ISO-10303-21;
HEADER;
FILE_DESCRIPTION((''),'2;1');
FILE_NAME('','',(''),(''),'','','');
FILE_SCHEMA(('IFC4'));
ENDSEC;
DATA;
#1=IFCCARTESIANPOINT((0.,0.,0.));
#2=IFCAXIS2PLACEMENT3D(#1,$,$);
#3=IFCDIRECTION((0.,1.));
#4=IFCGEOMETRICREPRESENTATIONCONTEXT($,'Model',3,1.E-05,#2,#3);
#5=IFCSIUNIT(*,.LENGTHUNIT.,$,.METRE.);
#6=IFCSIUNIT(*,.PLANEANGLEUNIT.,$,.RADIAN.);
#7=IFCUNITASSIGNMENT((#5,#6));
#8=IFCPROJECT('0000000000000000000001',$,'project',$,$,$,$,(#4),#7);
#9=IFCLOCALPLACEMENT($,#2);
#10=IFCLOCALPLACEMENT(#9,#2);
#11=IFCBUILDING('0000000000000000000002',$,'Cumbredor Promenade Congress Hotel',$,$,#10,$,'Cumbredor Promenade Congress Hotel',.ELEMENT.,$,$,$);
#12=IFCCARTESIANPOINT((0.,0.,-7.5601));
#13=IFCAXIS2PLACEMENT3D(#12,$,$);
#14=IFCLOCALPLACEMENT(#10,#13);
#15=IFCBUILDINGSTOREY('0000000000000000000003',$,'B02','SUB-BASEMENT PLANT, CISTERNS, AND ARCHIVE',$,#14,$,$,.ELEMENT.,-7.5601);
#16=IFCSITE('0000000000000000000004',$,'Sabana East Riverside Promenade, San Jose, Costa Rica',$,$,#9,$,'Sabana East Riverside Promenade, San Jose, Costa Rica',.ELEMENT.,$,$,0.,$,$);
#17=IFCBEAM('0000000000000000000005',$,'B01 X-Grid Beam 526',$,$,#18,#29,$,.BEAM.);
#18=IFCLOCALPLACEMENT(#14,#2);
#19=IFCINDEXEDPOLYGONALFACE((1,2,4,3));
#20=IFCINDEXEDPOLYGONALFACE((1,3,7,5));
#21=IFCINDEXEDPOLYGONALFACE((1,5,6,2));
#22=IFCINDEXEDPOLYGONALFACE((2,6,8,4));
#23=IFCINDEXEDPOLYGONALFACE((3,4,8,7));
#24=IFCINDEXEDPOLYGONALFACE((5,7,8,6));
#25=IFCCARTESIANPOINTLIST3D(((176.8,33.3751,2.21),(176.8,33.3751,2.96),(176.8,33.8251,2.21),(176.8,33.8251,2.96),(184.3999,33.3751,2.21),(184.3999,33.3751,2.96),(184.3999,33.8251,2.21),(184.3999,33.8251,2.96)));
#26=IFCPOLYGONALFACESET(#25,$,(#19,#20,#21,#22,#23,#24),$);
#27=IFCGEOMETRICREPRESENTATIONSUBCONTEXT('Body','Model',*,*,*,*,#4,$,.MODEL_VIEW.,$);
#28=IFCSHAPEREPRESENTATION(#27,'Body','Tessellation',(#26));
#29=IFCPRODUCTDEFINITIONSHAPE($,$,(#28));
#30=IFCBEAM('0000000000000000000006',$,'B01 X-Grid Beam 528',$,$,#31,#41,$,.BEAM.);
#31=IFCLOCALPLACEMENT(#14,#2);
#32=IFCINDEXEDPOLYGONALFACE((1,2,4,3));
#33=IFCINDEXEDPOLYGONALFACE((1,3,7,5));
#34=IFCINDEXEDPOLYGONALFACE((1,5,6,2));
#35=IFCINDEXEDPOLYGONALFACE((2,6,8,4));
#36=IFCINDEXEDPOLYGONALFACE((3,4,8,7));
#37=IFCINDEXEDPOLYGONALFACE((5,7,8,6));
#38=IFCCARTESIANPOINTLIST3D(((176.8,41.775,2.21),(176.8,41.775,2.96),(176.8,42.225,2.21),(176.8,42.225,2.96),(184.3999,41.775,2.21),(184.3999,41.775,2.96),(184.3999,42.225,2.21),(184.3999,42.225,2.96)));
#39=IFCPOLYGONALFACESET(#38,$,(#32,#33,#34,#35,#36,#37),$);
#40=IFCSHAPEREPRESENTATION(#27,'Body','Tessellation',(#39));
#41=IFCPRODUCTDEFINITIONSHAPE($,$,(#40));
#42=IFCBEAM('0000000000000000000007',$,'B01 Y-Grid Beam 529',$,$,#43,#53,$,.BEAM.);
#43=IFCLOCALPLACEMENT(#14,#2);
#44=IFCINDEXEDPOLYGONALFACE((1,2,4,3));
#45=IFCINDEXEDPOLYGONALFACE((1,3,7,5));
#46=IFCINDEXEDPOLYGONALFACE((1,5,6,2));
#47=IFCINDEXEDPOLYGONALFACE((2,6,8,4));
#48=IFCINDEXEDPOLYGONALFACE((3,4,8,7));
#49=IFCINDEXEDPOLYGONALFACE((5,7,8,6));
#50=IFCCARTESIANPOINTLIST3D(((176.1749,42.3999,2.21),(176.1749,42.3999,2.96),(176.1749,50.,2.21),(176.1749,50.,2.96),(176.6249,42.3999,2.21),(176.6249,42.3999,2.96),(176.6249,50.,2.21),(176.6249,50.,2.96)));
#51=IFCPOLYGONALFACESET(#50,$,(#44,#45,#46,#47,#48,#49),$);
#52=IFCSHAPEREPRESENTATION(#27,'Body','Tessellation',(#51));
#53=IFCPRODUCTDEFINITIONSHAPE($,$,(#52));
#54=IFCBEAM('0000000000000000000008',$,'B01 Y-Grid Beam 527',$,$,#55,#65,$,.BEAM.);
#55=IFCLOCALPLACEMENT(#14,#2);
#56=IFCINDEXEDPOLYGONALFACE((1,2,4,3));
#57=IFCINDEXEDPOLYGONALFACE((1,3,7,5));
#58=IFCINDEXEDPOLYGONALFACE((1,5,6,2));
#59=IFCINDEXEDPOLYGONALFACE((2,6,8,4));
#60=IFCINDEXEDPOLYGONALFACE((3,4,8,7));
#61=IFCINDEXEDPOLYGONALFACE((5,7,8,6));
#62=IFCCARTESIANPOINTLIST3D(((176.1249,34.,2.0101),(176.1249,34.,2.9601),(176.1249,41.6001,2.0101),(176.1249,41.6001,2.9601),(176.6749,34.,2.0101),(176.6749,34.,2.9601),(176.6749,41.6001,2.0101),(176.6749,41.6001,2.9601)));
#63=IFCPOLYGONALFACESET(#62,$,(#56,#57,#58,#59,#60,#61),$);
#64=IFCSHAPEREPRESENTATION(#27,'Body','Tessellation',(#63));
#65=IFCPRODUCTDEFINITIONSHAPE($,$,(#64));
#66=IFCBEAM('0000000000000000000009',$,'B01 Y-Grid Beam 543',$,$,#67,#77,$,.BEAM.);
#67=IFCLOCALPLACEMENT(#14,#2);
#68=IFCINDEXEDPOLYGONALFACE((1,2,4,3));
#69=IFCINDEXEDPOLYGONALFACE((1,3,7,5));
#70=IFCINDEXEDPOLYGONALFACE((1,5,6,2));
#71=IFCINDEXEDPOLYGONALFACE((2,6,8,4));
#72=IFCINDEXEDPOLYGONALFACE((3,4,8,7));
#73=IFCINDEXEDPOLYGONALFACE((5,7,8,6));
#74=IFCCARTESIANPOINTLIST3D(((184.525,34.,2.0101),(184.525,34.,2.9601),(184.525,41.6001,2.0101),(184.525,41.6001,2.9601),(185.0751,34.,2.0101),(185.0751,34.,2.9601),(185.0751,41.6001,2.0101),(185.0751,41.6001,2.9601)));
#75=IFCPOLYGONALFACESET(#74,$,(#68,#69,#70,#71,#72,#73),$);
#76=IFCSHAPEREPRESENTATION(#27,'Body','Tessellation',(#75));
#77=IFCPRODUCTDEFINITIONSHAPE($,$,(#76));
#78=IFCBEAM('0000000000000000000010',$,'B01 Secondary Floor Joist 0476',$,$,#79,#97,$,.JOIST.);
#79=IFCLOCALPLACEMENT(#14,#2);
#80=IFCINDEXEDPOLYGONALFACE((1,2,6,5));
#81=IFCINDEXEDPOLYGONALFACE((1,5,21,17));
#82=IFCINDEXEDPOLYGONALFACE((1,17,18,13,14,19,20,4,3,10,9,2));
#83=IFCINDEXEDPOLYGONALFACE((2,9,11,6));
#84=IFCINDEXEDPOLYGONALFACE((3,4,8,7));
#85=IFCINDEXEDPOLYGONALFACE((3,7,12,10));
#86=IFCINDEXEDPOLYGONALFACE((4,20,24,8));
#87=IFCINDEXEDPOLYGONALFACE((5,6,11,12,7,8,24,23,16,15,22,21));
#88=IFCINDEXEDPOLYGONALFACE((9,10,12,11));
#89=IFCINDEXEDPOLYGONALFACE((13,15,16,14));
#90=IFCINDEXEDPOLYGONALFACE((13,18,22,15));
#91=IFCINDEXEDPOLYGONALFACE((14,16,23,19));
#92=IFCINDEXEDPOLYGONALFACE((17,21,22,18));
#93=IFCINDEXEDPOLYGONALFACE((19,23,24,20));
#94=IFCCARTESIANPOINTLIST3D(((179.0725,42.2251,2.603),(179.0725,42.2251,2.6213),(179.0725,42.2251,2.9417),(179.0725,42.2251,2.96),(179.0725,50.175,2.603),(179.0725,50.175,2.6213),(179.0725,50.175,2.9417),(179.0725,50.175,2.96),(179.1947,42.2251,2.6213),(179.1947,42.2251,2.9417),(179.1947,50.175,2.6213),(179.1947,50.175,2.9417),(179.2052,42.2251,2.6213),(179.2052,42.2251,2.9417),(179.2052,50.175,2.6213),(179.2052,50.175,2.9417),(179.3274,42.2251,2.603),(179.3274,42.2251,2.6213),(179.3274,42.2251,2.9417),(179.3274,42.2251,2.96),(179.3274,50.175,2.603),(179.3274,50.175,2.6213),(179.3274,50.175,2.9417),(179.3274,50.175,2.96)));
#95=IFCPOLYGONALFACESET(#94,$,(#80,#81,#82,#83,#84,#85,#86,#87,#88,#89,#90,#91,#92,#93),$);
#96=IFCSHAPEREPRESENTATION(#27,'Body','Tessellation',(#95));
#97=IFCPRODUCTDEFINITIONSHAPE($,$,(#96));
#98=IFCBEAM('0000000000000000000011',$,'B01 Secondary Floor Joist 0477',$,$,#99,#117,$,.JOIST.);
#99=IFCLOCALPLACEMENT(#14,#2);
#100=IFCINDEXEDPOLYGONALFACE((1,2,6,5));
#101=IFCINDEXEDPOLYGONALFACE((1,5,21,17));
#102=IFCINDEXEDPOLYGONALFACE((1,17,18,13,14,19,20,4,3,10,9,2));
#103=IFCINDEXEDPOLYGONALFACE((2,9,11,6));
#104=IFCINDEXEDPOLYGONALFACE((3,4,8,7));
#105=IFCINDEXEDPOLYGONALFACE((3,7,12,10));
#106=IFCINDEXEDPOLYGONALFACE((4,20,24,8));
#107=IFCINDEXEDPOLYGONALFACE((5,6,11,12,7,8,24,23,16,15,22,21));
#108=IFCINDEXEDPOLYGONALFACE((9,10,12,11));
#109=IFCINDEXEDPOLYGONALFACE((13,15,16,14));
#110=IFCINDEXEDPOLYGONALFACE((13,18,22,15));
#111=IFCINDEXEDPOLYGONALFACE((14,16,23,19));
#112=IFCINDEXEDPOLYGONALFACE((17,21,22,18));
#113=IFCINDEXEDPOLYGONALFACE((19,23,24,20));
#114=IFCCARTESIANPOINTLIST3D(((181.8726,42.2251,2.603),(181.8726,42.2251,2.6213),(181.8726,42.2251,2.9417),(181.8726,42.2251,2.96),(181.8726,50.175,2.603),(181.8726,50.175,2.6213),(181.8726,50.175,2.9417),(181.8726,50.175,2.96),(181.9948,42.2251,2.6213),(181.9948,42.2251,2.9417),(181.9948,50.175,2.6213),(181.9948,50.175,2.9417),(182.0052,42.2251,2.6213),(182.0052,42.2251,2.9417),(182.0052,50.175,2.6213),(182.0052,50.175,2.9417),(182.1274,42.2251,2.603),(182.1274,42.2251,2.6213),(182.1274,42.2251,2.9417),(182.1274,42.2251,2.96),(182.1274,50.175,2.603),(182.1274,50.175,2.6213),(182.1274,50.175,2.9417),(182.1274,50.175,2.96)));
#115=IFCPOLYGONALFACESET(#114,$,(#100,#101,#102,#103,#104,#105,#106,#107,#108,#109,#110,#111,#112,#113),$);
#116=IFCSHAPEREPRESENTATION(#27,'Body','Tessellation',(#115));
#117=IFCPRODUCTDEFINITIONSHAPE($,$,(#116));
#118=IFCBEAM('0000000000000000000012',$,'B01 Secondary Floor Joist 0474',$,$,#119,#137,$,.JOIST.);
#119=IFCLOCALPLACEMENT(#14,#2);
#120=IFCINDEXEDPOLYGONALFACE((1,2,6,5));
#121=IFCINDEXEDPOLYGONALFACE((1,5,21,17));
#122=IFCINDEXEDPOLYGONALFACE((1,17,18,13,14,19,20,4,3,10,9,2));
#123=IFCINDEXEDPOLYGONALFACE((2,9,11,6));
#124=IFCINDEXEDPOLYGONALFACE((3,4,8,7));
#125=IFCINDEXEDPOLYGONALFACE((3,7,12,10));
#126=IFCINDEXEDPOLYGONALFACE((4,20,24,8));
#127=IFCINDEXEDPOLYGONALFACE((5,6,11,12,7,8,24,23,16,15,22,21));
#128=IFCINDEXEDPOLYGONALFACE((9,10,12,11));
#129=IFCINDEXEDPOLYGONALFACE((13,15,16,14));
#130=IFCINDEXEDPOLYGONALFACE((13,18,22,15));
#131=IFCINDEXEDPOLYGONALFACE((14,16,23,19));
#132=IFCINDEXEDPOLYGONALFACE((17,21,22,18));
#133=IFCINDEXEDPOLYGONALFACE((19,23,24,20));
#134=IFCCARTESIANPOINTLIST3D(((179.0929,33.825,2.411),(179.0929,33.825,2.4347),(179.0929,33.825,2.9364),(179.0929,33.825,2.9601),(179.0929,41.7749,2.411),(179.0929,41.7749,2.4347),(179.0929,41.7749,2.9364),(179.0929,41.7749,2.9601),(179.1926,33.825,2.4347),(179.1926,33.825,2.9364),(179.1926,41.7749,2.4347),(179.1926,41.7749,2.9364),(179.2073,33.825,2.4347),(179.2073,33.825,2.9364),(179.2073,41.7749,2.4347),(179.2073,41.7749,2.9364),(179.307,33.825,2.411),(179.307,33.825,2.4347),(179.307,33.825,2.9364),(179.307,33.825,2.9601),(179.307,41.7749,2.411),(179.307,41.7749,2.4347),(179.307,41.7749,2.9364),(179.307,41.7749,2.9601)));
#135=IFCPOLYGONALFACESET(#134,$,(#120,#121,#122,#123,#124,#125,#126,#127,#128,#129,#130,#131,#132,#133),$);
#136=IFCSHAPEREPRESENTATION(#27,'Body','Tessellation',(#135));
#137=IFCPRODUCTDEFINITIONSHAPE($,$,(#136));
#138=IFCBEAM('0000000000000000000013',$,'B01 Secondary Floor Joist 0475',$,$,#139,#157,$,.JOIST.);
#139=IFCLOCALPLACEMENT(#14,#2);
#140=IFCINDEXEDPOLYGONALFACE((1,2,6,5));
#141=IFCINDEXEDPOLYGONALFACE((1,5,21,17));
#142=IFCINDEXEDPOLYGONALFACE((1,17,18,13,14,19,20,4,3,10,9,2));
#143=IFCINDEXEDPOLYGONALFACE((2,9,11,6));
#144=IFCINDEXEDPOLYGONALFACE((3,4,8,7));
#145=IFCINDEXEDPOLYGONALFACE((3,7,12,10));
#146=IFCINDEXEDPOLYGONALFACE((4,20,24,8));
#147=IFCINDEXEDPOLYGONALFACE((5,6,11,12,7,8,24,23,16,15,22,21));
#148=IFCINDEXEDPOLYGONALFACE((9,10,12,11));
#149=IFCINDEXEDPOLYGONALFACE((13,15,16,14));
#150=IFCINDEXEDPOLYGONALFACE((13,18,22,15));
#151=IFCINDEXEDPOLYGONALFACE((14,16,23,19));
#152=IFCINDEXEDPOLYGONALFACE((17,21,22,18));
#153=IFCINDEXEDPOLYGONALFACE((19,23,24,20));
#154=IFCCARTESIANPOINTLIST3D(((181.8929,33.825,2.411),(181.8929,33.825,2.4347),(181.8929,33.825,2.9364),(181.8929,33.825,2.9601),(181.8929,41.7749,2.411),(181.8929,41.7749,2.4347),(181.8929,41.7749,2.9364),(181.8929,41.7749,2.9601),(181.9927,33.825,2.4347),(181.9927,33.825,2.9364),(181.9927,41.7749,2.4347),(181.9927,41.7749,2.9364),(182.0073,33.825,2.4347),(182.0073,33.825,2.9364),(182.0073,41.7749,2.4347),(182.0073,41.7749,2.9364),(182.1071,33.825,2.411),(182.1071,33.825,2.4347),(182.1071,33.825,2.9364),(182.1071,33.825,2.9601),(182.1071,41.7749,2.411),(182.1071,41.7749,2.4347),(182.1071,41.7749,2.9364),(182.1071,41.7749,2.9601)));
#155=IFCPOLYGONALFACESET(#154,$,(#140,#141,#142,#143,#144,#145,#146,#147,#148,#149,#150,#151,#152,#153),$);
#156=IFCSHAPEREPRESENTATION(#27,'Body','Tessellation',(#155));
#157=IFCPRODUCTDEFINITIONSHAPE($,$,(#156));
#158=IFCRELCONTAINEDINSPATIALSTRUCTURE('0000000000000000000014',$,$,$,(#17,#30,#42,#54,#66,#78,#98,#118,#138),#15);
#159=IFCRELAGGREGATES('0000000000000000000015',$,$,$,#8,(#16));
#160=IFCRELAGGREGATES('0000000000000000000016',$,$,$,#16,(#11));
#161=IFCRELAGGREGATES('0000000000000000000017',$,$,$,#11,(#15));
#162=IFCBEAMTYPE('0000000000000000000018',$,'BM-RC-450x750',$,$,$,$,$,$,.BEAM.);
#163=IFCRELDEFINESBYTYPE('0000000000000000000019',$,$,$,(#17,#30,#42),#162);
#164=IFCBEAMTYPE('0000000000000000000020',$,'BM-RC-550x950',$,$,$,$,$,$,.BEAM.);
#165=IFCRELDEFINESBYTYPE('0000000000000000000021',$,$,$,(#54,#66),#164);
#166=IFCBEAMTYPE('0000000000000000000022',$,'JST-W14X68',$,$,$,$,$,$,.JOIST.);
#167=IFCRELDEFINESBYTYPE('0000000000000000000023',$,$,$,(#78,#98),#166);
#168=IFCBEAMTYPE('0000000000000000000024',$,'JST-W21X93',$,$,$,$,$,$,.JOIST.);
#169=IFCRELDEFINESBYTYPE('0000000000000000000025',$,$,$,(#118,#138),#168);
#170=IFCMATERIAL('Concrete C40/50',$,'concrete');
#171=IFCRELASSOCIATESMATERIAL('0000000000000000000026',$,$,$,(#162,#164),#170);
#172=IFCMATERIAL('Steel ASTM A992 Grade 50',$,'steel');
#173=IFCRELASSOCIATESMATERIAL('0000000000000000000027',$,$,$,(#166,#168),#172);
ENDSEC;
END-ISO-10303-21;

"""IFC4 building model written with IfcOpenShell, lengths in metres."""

from ifc_helpers import new_model, si_unit, direction, frame, origin, origin_2d, place, context, subcontext, project, spatial, rectangle, i_section, extrude, material, material_profile, profile_set, type_object, element, save


model = new_model("IFC4")

# Units and contexts
model_context = context("Model", 3, precision=1e-05, world=origin(), true_north=direction((0.0, 1.0)))
body_context = subcontext(model_context, "Body", "Model", "MODEL_VIEW")
ifc_project = project(units=[si_unit("LENGTHUNIT", "METRE"), si_unit("PLANEANGLEUNIT", "RADIAN")], contexts=[model_context])

# Site, building, storey
site_placement = place(None, origin())
site = spatial("IfcSite", under=ifc_project, at=site_placement, Name="Sabana East Riverside Promenade, San Jose, Costa Rica", LongName="Sabana East Riverside Promenade, San Jose, Costa Rica", CompositionType="ELEMENT", RefElevation=0.0)
building_placement = place(site_placement, origin())
building = spatial("IfcBuilding", under=site, at=building_placement, Name="Cumbredor Promenade Congress Hotel", LongName="Cumbredor Promenade Congress Hotel", CompositionType="ELEMENT")
storey_placement = place(building_placement, frame((0.0, 0.0, -7.5601)))
storey = spatial("IfcBuildingStorey", under=building, at=storey_placement, Name="B02", Description="SUB-BASEMENT PLANT, CISTERNS, AND ARCHIVE", CompositionType="ELEMENT", Elevation=-7.5601)

# Shared definitions
ifc_material_1 = material(Name="Concrete C40/50", Category="concrete")

# Beams
ifc_material_profile_1 = material_profile(ifc_material_1, rectangle(XDim=0.45, YDim=0.75, at=origin_2d()), Name="RC BEAM 450x750")
ifc_profile_set_1 = profile_set([ifc_material_profile_1], Name="Concrete C40/50")
beam_type_1 = type_object("IfcBeamType", Name="BM-RC-450x750", PredefinedType="BEAM", material=ifc_profile_set_1)
for number, where, z_axis, x_axis, name in (
    (1, (176.8, 33.6001, 2.585), (1.0, 0.0, 0.0), (0.0, 1.0, 0.0), "B01 X-Grid Beam 526"),
    (2, (176.8, 42.0, 2.585), (1.0, 0.0, 0.0), (0.0, 1.0, 0.0), "B01 X-Grid Beam 528"),
):
    element("IfcBeam", number, at=place(storey_placement, frame(where, z_axis=z_axis, x_axis=x_axis)), inside=storey, type_object=beam_type_1, Name=name, PredefinedType="BEAM", context=body_context, shape_type="SweptSolid", body=[
        extrude(rectangle(XDim=0.45, YDim=0.75, at=origin_2d()), origin(), (0.0, 0.0, 1.0), 7.5999),
    ])
beam_1_placement = place(storey_placement, frame((176.3999, 42.3999, 2.585), z_axis=(0.0, 1.0, 0.0), x_axis=(-1.0, 0.0, 0.0)))
element("IfcBeam", 3, at=beam_1_placement, inside=storey, type_object=beam_type_1, Name="B01 Y-Grid Beam 529", PredefinedType="BEAM", context=body_context, shape_type="SweptSolid", body=[
    extrude(rectangle(XDim=0.45, YDim=0.75, at=origin_2d()), origin(), (0.0, 0.0, 1.0), 7.6001),
])
ifc_material_profile_2 = material_profile(ifc_material_1, rectangle(XDim=0.55, YDim=0.95, at=origin_2d()), Name="RC BEAM 550x950")
ifc_profile_set_2 = profile_set([ifc_material_profile_2], Name="Concrete C40/50")
beam_type_2 = type_object("IfcBeamType", Name="BM-RC-550x950", PredefinedType="BEAM", material=ifc_profile_set_2)
for number, where, z_axis, x_axis, name in (
    (4, (176.3999, 34.0, 2.4851), (0.0, 1.0, 0.0), (-1.0, 0.0, 0.0), "B01 Y-Grid Beam 527"),
    (5, (184.8, 34.0, 2.4851), (0.0, 1.0, 0.0), (-1.0, 0.0, 0.0), "B01 Y-Grid Beam 543"),
):
    element("IfcBeam", number, at=place(storey_placement, frame(where, z_axis=z_axis, x_axis=x_axis)), inside=storey, type_object=beam_type_2, Name=name, PredefinedType="BEAM", context=body_context, shape_type="SweptSolid", body=[
        extrude(rectangle(XDim=0.55, YDim=0.95, at=origin_2d()), origin(), (0.0, 0.0, 1.0), 7.6001),
    ])
ifc_material_2 = material(Name="Steel ASTM A992 Grade 50", Category="steel")
ifc_material_profile_3 = material_profile(ifc_material_2, i_section(OverallWidth=0.2549, OverallDepth=0.3569, WebThickness=0.0105, FlangeThickness=0.0183, at=origin_2d()), Name="W14X68")
ifc_profile_set_3 = profile_set([ifc_material_profile_3], Name="Steel ASTM A992 Grade 50")
beam_type_3 = type_object("IfcBeamType", Name="JST-W14X68", PredefinedType="JOIST", material=ifc_profile_set_3)
for number, where, z_axis, x_axis, name in (
    (6, (179.2, 42.2251, 2.7815), (0.0, 1.0, 0.0), (-1.0, 0.0, 0.0), "B01 Secondary Floor Joist 0476"),
    (7, (182.0, 42.2251, 2.7815), (0.0, 1.0, 0.0), (-1.0, 0.0, 0.0), "B01 Secondary Floor Joist 0477"),
):
    element("IfcBeam", number, at=place(storey_placement, frame(where, z_axis=z_axis, x_axis=x_axis)), inside=storey, type_object=beam_type_3, Name=name, PredefinedType="JOIST", context=body_context, shape_type="SweptSolid", body=[
        extrude(i_section(OverallWidth=0.2549, OverallDepth=0.3569, WebThickness=0.0105, FlangeThickness=0.0183, at=origin_2d()), origin(), (0.0, 0.0, 1.0), 7.95),
    ])
ifc_material_profile_4 = material_profile(ifc_material_2, i_section(OverallWidth=0.2141, OverallDepth=0.5491, WebThickness=0.0146, FlangeThickness=0.0237, at=origin_2d()), Name="W21X93")
ifc_profile_set_4 = profile_set([ifc_material_profile_4], Name="Steel ASTM A992 Grade 50")
beam_type_4 = type_object("IfcBeamType", Name="JST-W21X93", PredefinedType="JOIST", material=ifc_profile_set_4)
for number, where, z_axis, x_axis, name in (
    (8, (179.2, 33.825, 2.6855), (0.0, 1.0, 0.0), (-1.0, 0.0, 0.0), "B01 Secondary Floor Joist 0474"),
    (9, (182.0, 33.825, 2.6855), (0.0, 1.0, 0.0), (-1.0, 0.0, 0.0), "B01 Secondary Floor Joist 0475"),
):
    element("IfcBeam", number, at=place(storey_placement, frame(where, z_axis=z_axis, x_axis=x_axis)), inside=storey, type_object=beam_type_4, Name=name, PredefinedType="JOIST", context=body_context, shape_type="SweptSolid", body=[
        extrude(i_section(OverallWidth=0.2141, OverallDepth=0.5491, WebThickness=0.0146, FlangeThickness=0.0237, at=origin_2d()), origin(), (0.0, 0.0, 1.0), 7.95),
    ])

save(model, "model.ifc")
